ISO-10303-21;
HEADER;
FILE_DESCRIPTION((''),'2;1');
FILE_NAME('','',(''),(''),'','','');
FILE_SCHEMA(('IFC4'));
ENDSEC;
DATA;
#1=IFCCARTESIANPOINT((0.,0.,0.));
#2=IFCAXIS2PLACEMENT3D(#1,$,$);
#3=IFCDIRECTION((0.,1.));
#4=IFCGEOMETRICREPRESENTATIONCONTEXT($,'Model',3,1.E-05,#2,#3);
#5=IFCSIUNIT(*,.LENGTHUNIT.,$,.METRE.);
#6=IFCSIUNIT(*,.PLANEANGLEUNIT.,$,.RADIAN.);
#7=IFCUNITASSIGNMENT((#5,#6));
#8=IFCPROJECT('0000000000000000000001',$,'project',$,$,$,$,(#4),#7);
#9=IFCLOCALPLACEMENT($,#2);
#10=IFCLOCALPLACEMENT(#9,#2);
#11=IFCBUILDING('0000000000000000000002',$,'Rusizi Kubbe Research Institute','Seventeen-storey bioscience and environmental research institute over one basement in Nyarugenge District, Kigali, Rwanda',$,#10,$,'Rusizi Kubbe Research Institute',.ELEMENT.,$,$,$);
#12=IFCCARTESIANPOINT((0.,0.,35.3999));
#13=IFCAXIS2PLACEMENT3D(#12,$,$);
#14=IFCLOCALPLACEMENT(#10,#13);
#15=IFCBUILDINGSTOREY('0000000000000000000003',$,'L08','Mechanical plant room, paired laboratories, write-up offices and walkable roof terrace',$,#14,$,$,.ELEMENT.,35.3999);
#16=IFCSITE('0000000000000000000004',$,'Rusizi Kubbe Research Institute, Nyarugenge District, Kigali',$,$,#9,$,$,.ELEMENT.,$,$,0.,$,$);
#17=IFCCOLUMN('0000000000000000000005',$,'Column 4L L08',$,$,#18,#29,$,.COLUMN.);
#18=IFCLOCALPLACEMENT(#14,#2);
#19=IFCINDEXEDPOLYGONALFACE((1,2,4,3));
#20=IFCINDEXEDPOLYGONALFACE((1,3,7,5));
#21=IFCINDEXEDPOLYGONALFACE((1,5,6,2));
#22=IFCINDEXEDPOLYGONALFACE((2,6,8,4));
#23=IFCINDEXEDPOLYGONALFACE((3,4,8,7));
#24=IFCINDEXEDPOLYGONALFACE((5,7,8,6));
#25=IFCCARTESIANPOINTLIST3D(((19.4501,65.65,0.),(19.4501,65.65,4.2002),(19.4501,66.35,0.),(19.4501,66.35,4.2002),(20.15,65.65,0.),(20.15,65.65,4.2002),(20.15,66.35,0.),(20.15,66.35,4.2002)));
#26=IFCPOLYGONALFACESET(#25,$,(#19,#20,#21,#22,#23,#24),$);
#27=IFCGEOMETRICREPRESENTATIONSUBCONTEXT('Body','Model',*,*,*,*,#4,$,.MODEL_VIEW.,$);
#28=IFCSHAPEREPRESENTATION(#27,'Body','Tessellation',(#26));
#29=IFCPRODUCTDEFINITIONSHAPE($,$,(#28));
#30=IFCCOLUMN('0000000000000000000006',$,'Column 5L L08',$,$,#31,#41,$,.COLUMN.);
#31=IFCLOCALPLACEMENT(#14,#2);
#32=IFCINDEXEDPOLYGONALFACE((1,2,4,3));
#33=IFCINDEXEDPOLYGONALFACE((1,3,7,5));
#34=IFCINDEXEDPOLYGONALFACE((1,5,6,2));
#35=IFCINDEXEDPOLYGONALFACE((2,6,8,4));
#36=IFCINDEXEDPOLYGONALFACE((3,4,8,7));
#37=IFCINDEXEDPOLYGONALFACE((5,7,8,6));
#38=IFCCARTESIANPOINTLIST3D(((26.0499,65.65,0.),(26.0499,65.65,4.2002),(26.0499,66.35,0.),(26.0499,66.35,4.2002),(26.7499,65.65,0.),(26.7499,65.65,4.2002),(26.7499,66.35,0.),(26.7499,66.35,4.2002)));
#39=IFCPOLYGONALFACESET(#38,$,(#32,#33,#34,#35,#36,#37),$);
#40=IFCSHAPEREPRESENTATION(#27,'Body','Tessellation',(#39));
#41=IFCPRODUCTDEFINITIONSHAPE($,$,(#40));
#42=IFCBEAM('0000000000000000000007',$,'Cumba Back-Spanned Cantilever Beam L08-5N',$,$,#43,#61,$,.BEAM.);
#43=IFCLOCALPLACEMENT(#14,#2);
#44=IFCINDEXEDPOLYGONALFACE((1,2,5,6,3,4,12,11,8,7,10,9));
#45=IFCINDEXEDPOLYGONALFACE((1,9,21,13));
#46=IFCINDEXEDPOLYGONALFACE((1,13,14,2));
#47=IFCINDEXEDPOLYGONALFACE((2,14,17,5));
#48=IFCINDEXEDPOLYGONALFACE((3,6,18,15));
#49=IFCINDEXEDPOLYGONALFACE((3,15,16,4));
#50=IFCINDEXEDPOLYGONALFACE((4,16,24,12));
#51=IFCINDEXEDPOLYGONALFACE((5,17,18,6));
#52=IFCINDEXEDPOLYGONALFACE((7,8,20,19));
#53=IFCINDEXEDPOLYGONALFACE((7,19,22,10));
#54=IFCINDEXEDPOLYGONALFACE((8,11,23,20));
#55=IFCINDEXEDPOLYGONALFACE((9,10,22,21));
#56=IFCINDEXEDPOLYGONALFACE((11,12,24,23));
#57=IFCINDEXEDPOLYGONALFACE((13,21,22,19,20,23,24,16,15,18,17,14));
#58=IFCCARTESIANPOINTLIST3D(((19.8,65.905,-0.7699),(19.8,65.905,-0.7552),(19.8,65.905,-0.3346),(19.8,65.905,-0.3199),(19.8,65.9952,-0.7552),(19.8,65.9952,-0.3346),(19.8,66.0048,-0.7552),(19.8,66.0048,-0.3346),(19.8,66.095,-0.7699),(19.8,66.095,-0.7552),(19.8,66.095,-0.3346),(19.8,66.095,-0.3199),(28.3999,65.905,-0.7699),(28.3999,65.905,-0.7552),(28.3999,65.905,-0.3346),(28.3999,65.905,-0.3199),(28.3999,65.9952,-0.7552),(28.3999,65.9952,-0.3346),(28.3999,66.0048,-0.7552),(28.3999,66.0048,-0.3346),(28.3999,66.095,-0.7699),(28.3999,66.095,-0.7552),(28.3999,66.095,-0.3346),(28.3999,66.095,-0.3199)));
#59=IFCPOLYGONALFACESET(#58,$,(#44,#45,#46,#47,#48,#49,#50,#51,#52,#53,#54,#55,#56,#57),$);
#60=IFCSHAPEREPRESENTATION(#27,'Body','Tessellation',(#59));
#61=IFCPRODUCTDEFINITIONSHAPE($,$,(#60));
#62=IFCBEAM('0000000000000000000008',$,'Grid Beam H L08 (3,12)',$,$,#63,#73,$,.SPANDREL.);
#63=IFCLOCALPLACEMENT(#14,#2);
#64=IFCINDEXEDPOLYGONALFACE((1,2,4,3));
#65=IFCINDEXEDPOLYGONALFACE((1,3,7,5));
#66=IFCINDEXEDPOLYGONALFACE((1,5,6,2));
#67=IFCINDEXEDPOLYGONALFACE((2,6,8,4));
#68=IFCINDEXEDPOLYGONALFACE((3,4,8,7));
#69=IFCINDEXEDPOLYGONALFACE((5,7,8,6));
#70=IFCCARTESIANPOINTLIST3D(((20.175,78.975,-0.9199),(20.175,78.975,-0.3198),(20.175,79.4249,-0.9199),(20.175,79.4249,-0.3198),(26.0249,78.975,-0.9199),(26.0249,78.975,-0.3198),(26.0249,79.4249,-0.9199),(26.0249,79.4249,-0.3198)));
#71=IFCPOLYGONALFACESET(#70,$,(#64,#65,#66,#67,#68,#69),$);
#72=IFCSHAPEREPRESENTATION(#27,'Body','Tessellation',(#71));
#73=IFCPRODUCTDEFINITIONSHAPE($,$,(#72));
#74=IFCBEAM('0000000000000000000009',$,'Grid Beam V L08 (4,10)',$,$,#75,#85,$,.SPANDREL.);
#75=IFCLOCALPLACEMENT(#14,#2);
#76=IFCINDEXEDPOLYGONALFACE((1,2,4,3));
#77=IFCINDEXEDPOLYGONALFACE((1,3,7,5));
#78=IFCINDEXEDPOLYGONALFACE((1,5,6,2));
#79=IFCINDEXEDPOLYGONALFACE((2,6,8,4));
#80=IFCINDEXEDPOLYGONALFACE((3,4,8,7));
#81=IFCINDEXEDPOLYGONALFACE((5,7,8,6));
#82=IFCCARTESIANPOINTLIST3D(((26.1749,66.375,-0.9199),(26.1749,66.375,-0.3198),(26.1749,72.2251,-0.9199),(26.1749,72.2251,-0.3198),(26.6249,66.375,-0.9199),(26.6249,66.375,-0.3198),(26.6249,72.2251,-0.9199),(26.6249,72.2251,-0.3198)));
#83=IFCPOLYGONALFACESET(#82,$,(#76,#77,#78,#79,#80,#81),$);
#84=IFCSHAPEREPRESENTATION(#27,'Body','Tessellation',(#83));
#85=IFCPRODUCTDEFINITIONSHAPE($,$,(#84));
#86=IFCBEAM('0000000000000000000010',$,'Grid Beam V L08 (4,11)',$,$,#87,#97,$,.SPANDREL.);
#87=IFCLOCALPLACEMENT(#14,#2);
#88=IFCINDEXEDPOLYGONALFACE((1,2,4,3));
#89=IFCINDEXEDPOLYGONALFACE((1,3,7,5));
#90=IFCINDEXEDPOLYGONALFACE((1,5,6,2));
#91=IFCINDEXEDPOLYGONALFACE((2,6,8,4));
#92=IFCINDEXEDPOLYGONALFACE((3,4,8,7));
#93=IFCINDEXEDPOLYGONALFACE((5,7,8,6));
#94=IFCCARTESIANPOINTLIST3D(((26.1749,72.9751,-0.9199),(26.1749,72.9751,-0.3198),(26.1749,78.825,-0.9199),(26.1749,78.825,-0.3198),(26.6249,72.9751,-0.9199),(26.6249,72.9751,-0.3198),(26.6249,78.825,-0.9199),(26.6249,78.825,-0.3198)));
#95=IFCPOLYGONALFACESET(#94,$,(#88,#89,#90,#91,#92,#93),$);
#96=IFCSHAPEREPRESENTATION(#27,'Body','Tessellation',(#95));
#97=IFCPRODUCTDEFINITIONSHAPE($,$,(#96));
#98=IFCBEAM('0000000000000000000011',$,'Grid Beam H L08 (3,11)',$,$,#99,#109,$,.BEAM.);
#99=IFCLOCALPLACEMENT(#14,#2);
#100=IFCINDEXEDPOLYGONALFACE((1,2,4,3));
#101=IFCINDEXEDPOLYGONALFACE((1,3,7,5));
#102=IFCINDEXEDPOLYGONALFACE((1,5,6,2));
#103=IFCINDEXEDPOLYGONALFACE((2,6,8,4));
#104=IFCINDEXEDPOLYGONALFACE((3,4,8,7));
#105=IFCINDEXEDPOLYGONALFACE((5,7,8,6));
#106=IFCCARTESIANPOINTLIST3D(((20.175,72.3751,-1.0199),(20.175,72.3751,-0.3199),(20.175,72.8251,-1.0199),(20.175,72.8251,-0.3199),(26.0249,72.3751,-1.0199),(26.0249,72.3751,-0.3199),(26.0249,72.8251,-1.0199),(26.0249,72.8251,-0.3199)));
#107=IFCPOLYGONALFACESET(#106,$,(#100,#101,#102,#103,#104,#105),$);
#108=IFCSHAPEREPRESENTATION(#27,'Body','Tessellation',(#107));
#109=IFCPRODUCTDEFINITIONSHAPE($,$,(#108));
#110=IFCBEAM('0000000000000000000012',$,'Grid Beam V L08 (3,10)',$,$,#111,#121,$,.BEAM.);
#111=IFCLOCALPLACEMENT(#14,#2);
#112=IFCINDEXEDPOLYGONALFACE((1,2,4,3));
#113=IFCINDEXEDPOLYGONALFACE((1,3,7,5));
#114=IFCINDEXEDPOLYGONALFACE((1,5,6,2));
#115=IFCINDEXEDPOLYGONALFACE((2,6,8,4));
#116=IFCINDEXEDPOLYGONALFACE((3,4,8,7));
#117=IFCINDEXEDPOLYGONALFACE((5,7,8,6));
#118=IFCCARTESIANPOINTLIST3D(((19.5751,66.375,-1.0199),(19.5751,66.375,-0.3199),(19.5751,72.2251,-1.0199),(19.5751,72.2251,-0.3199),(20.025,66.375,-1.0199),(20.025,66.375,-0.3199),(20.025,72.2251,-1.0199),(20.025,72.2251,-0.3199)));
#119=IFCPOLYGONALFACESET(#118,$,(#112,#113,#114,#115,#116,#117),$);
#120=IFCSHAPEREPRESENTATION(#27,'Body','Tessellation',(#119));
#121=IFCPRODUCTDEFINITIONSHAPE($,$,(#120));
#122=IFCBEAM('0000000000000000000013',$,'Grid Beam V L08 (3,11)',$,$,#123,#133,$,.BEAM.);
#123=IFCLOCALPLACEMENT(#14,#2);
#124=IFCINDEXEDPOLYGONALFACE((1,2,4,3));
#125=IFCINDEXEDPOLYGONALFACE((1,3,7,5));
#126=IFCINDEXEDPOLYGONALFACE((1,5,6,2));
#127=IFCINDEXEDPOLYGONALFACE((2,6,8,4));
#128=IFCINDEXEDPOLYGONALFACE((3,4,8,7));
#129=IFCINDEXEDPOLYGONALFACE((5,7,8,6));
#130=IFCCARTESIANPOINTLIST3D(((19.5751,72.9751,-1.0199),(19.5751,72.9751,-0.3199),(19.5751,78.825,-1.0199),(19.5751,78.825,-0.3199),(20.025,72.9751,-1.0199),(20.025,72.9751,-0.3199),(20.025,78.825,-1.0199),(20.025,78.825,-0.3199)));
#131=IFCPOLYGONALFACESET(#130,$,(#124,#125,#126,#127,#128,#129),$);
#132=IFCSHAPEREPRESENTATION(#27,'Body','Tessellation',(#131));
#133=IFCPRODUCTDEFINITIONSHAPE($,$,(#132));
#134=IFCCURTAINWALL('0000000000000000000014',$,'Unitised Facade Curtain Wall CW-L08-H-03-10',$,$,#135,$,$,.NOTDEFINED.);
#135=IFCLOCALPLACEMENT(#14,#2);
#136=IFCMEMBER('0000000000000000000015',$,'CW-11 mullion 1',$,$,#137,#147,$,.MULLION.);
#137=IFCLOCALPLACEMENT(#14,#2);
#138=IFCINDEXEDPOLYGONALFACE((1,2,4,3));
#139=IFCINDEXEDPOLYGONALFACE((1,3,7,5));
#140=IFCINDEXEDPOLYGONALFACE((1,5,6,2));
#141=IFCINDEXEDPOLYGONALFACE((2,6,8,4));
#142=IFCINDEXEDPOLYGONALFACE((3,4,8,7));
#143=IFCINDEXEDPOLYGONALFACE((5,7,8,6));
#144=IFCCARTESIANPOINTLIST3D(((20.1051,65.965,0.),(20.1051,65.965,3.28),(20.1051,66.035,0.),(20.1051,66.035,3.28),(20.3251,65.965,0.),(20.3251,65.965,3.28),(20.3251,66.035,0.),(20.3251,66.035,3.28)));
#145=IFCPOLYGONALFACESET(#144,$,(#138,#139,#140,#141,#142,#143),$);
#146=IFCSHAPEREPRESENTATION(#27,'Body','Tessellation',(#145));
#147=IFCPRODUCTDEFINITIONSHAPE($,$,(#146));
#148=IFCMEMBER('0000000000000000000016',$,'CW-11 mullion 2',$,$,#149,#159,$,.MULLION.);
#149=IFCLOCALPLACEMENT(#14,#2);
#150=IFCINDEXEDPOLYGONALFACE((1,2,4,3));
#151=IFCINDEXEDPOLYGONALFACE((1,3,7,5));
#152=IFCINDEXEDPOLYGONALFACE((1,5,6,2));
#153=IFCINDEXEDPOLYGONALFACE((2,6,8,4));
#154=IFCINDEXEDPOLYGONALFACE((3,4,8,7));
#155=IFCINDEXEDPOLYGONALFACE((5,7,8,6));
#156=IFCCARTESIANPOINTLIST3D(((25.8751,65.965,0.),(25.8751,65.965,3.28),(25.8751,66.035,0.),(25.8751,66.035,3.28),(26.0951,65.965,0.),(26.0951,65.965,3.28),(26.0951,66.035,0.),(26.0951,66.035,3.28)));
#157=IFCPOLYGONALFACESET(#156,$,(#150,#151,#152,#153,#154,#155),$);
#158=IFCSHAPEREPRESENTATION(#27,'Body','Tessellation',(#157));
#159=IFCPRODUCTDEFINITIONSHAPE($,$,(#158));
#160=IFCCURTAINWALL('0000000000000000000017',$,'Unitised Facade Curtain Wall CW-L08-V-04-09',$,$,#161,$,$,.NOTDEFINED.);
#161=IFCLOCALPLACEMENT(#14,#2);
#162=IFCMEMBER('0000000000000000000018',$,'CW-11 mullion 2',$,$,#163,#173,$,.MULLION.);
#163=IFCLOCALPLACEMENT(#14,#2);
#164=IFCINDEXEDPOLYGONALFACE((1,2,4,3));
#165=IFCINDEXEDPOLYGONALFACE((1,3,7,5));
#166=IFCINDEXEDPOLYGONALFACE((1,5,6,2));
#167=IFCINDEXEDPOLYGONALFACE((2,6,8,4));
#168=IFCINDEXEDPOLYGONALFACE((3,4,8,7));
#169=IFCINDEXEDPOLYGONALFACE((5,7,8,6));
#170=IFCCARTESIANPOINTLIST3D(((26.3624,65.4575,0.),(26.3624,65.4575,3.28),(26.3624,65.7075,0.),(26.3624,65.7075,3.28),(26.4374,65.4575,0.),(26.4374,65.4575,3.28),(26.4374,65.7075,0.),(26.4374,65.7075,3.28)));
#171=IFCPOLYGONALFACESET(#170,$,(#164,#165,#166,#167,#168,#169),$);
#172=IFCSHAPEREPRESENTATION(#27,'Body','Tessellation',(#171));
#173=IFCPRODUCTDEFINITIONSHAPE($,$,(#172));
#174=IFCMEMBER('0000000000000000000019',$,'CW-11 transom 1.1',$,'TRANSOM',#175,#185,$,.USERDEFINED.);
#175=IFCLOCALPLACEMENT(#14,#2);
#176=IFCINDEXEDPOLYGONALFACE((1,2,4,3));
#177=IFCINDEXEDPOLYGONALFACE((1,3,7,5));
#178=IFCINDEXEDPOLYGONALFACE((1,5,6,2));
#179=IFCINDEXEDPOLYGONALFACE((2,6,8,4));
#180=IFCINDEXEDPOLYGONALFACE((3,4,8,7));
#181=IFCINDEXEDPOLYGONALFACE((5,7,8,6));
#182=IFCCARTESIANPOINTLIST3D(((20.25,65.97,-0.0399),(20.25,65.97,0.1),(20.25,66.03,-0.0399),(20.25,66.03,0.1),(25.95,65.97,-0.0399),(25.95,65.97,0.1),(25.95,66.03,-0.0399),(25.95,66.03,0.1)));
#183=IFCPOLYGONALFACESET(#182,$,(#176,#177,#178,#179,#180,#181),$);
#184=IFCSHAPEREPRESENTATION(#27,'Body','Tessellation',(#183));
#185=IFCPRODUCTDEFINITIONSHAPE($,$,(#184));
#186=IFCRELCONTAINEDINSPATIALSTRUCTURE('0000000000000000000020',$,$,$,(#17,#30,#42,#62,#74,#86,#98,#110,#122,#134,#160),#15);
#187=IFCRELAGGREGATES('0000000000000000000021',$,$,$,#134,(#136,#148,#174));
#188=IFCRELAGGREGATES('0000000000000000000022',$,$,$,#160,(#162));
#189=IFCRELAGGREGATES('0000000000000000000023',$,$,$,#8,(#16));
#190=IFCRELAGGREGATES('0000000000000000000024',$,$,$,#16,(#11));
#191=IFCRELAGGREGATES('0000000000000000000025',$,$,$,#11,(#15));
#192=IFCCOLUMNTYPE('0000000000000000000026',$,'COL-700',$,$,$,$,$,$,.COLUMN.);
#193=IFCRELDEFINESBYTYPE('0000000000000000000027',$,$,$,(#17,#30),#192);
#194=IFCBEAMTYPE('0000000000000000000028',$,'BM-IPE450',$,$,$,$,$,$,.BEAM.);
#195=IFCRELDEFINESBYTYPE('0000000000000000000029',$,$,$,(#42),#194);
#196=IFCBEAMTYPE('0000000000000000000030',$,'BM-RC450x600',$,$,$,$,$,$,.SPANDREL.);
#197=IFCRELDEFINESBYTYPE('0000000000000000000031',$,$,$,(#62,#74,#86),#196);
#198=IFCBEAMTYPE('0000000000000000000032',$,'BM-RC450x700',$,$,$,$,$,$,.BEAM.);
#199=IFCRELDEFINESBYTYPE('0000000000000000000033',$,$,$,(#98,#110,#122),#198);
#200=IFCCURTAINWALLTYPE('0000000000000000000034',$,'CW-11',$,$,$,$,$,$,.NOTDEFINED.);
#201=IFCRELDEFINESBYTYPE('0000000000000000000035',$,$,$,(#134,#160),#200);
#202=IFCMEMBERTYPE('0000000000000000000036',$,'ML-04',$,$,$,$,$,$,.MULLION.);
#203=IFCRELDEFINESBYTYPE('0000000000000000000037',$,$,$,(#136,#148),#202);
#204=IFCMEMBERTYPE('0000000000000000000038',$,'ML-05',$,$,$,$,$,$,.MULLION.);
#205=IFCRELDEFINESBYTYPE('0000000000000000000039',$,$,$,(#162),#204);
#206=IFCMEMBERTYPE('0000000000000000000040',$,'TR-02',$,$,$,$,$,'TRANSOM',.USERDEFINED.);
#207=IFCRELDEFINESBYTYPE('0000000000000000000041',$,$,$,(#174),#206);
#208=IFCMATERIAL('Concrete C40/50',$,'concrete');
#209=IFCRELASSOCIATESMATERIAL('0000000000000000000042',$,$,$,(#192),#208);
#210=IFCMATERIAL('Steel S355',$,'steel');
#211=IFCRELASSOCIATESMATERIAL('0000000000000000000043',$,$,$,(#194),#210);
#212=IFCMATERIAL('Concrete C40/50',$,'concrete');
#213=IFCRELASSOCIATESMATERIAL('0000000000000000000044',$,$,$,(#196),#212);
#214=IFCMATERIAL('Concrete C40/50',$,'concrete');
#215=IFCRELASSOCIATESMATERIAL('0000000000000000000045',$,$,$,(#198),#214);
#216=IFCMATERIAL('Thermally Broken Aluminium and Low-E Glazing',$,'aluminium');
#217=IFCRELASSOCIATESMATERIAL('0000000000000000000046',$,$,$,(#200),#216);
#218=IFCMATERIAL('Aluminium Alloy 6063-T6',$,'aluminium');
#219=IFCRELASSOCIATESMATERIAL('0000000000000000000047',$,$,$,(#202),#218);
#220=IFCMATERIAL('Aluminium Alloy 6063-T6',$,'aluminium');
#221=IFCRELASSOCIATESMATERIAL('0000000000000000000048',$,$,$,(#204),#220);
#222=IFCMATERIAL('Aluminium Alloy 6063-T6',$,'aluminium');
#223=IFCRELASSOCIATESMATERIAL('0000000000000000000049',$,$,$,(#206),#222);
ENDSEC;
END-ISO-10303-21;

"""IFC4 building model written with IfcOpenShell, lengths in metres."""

from ifc_helpers import new_model, si_unit, direction, frame, origin, origin_2d, place, context, subcontext, project, spatial, rectangle, i_section, extrude, material, material_profile, profile_set, type_object, element, aggregate, save


model = new_model("IFC4")

# Units and contexts
model_context = context("Model", 3, precision=1e-05, world=origin(), true_north=direction((0.0, 1.0)))
body_context = subcontext(model_context, "Body", "Model", "MODEL_VIEW")
ifc_project = project(units=[si_unit("LENGTHUNIT", "METRE"), si_unit("PLANEANGLEUNIT", "RADIAN")], contexts=[model_context])

# Site, building, storey
site_placement = place(None, origin())
site = spatial("IfcSite", under=ifc_project, at=site_placement, Name="Rusizi Kubbe Research Institute, Nyarugenge District, Kigali", CompositionType="ELEMENT", RefElevation=0.0)
building_placement = place(site_placement, origin())
building = spatial("IfcBuilding", under=site, at=building_placement, Name="Rusizi Kubbe Research Institute", Description="Seventeen-storey bioscience and environmental research institute over one basement in Nyarugenge District, Kigali, Rwanda", LongName="Rusizi Kubbe Research Institute", CompositionType="ELEMENT")
storey_placement = place(building_placement, frame((0.0, 0.0, 35.3999)))
storey = spatial("IfcBuildingStorey", under=building, at=storey_placement, Name="L08", Description="Mechanical plant room, paired laboratories, write-up offices and walkable roof terrace", CompositionType="ELEMENT", Elevation=35.3999)

# Columns
ifc_material_1 = material(Name="Concrete C40/50", Category="concrete")
ifc_material_profile_1 = material_profile(ifc_material_1, rectangle(XDim=0.7, YDim=0.7, at=origin_2d()), Name="RC700x700")
ifc_profile_set_1 = profile_set([ifc_material_profile_1], Name="Concrete C40/50")
column_type = type_object("IfcColumnType", Name="COL-700", PredefinedType="COLUMN", material=ifc_profile_set_1)
for number, where, z_axis, x_axis, name in (
    (1, (19.8, 66.0, 0.0), (0.0, 0.0, 1.0), (1.0, 0.0, 0.0), "Column 4L L08"),
    (2, (26.3999, 66.0, 0.0), (0.0, 0.0, 1.0), (1.0, 0.0, 0.0), "Column 5L L08"),
):
    element("IfcColumn", number, at=place(storey_placement, frame(where, z_axis=z_axis, x_axis=x_axis)), inside=storey, type_object=column_type, Name=name, PredefinedType="COLUMN", context=body_context, shape_type="SweptSolid", body=[
        extrude(rectangle(XDim=0.7, YDim=0.7, at=origin_2d()), origin(), (0.0, 0.0, 1.0), 4.2002),
    ])

# Beams
ifc_material_2 = material(Name="Steel S355", Category="steel")
ifc_material_profile_2 = material_profile(ifc_material_2, i_section(OverallWidth=0.1899, OverallDepth=0.45, WebThickness=0.0095, FlangeThickness=0.0146, at=origin_2d()), Name="IPE 450")
ifc_profile_set_2 = profile_set([ifc_material_profile_2], Name="Steel S355")
beam_type_1 = type_object("IfcBeamType", Name="BM-IPE450", PredefinedType="BEAM", material=ifc_profile_set_2)
beam_1_placement = place(storey_placement, frame((19.8, 66.0, -0.5449), z_axis=(1.0, 0.0, 0.0), x_axis=(0.0, 1.0, 0.0)))
element("IfcBeam", 3, at=beam_1_placement, inside=storey, type_object=beam_type_1, Name="Cumba Back-Spanned Cantilever Beam L08-5N", PredefinedType="BEAM", context=body_context, shape_type="SweptSolid", body=[
    extrude(i_section(OverallWidth=0.1899, OverallDepth=0.45, WebThickness=0.0095, FlangeThickness=0.0146, at=origin_2d()), origin(), (0.0, 0.0, 1.0), 8.5999),
])
ifc_material_3 = material(Name="Concrete C40/50", Category="concrete")
ifc_material_profile_3 = material_profile(ifc_material_3, rectangle(XDim=0.45, YDim=0.6001, at=origin_2d()), Name="RC450x600")
ifc_profile_set_3 = profile_set([ifc_material_profile_3], Name="Concrete C40/50")
beam_type_2 = type_object("IfcBeamType", Name="BM-RC450x600", PredefinedType="SPANDREL", material=ifc_profile_set_3)
beam_2_placement = place(storey_placement, frame((20.175, 79.2, -0.6199), z_axis=(1.0, 0.0, 0.0), x_axis=(0.0, 1.0, 0.0)))
element("IfcBeam", 4, at=beam_2_placement, inside=storey, type_object=beam_type_2, Name="Grid Beam H L08 (3,12)", PredefinedType="SPANDREL", context=body_context, shape_type="SweptSolid", body=[
    extrude(rectangle(XDim=0.45, YDim=0.6001, at=origin_2d()), origin(), (0.0, 0.0, 1.0), 5.8499),
])
beam_3_placement = place(storey_placement, frame((26.3999, 66.375, -0.6199), z_axis=(0.0, 1.0, 0.0), x_axis=(-1.0, 0.0, 0.0)))
element("IfcBeam", 5, at=beam_3_placement, inside=storey, type_object=beam_type_2, Name="Grid Beam V L08 (4,10)", PredefinedType="SPANDREL", context=body_context, shape_type="SweptSolid", body=[
    extrude(rectangle(XDim=0.45, YDim=0.6001, at=origin_2d()), origin(), (0.0, 0.0, 1.0), 5.8501),
])
beam_4_placement = place(storey_placement, frame((26.3999, 72.9751, -0.6199), z_axis=(0.0, 1.0, 0.0), x_axis=(-1.0, 0.0, 0.0)))
element("IfcBeam", 6, at=beam_4_placement, inside=storey, type_object=beam_type_2, Name="Grid Beam V L08 (4,11)", PredefinedType="SPANDREL", context=body_context, shape_type="SweptSolid", body=[
    extrude(rectangle(XDim=0.45, YDim=0.6001, at=origin_2d()), origin(), (0.0, 0.0, 1.0), 5.8499),
])
ifc_material_4 = material(Name="Concrete C40/50", Category="concrete")
ifc_material_profile_4 = material_profile(ifc_material_4, rectangle(XDim=0.45, YDim=0.7, at=origin_2d()), Name="RC450x700B")
ifc_profile_set_4 = profile_set([ifc_material_profile_4], Name="Concrete C40/50")
beam_type_3 = type_object("IfcBeamType", Name="BM-RC450x700", PredefinedType="BEAM", material=ifc_profile_set_4)
beam_5_placement = place(storey_placement, frame((20.175, 72.6001, -0.6699), z_axis=(1.0, 0.0, 0.0), x_axis=(0.0, 1.0, 0.0)))
element("IfcBeam", 7, at=beam_5_placement, inside=storey, type_object=beam_type_3, Name="Grid Beam H L08 (3,11)", PredefinedType="BEAM", context=body_context, shape_type="SweptSolid", body=[
    extrude(rectangle(XDim=0.45, YDim=0.7, at=origin_2d()), origin(), (0.0, 0.0, 1.0), 5.8499),
])
beam_6_placement = place(storey_placement, frame((19.8, 66.375, -0.6699), z_axis=(0.0, 1.0, 0.0), x_axis=(-1.0, 0.0, 0.0)))
element("IfcBeam", 8, at=beam_6_placement, inside=storey, type_object=beam_type_3, Name="Grid Beam V L08 (3,10)", PredefinedType="BEAM", context=body_context, shape_type="SweptSolid", body=[
    extrude(rectangle(XDim=0.45, YDim=0.7, at=origin_2d()), origin(), (0.0, 0.0, 1.0), 5.8501),
])
beam_7_placement = place(storey_placement, frame((19.8, 72.9751, -0.6699), z_axis=(0.0, 1.0, 0.0), x_axis=(-1.0, 0.0, 0.0)))
element("IfcBeam", 9, at=beam_7_placement, inside=storey, type_object=beam_type_3, Name="Grid Beam V L08 (3,11)", PredefinedType="BEAM", context=body_context, shape_type="SweptSolid", body=[
    extrude(rectangle(XDim=0.45, YDim=0.7, at=origin_2d()), origin(), (0.0, 0.0, 1.0), 5.8499),
])

# Curtain wall, members
ifc_material_5 = material(Name="Thermally Broken Aluminium and Low-E Glazing", Category="aluminium")
curtain_wall_type = type_object("IfcCurtainWallType", Name="CW-11", PredefinedType="NOTDEFINED", material=ifc_material_5)
curtain_wall_1_placement = place(storey_placement, origin())
curtain_wall_1 = element("IfcCurtainWall", 10, at=curtain_wall_1_placement, inside=storey, type_object=curtain_wall_type, Name="Unitised Facade Curtain Wall CW-L08-H-03-10", PredefinedType="NOTDEFINED")
ifc_material_6 = material(Name="Aluminium Alloy 6063-T6", Category="aluminium")
ifc_material_profile_5 = material_profile(ifc_material_6, rectangle(XDim=0.0701, YDim=0.22, at=origin_2d()), Name="ALU-M 70x220")
ifc_profile_set_5 = profile_set([ifc_material_profile_5], Name="Aluminium Alloy 6063-T6")
member_type_1 = type_object("IfcMemberType", Name="ML-04", PredefinedType="MULLION", material=ifc_profile_set_5)
member_1_placement = place(storey_placement, frame((20.2151, 66.0, 0.0), z_axis=(0.0, 0.0, 1.0), x_axis=(0.0, 1.0, 0.0)))
member_1 = element("IfcMember", 11, at=member_1_placement, type_object=member_type_1, Name="CW-11 mullion 1", PredefinedType="MULLION", context=body_context, shape_type="SweptSolid", body=[
    extrude(rectangle(XDim=0.0701, YDim=0.22, at=origin_2d()), origin(), (0.0, 0.0, 1.0), 3.28),
])
member_2_placement = place(storey_placement, frame((25.9851, 66.0, 0.0), z_axis=(0.0, 0.0, 1.0), x_axis=(0.0, 1.0, 0.0)))
member_2 = element("IfcMember", 12, at=member_2_placement, type_object=member_type_1, Name="CW-11 mullion 2", PredefinedType="MULLION", context=body_context, shape_type="SweptSolid", body=[
    extrude(rectangle(XDim=0.0701, YDim=0.22, at=origin_2d()), origin(), (0.0, 0.0, 1.0), 3.28),
])

# Curtain wall, member
curtain_wall_2_placement = place(storey_placement, origin())
curtain_wall_2 = element("IfcCurtainWall", 13, at=curtain_wall_2_placement, inside=storey, type_object=curtain_wall_type, Name="Unitised Facade Curtain Wall CW-L08-V-04-09", PredefinedType="NOTDEFINED")
ifc_material_7 = material(Name="Aluminium Alloy 6063-T6", Category="aluminium")
ifc_material_profile_6 = material_profile(ifc_material_7, rectangle(XDim=0.075, YDim=0.25, at=origin_2d()), Name="ALU-M 75x250")
ifc_profile_set_6 = profile_set([ifc_material_profile_6], Name="Aluminium Alloy 6063-T6")
member_type_2 = type_object("IfcMemberType", Name="ML-05", PredefinedType="MULLION", material=ifc_profile_set_6)
member_3_placement = place(storey_placement, frame((26.3999, 65.5825, 0.0), z_axis=(0.0, 0.0, 1.0), x_axis=(-1.0, 0.0, 0.0)))
member_3 = element("IfcMember", 14, at=member_3_placement, type_object=member_type_2, Name="CW-11 mullion 2", PredefinedType="MULLION", context=body_context, shape_type="SweptSolid", body=[
    extrude(rectangle(XDim=0.075, YDim=0.25, at=origin_2d()), origin(), (0.0, 0.0, 1.0), 3.28),
])

# Member
ifc_material_8 = material(Name="Aluminium Alloy 6063-T6", Category="aluminium")
ifc_material_profile_7 = material_profile(ifc_material_8, rectangle(XDim=0.0601, YDim=0.1399, at=origin_2d()), Name="ALU-T 60x140")
ifc_profile_set_7 = profile_set([ifc_material_profile_7], Name="Aluminium Alloy 6063-T6")
member_type_3 = type_object("IfcMemberType", Name="TR-02", ElementType="TRANSOM", PredefinedType="USERDEFINED", material=ifc_profile_set_7)
member_4_placement = place(storey_placement, frame((20.25, 66.0, 0.03), z_axis=(1.0, 0.0, 0.0), x_axis=(0.0, 1.0, 0.0)))
member_4 = element("IfcMember", 15, at=member_4_placement, type_object=member_type_3, Name="CW-11 transom 1.1", ObjectType="TRANSOM", PredefinedType="USERDEFINED", context=body_context, shape_type="SweptSolid", body=[
    extrude(rectangle(XDim=0.0601, YDim=0.1399, at=origin_2d()), origin(), (0.0, 0.0, 1.0), 5.7),
])

aggregate(curtain_wall_1, [member_1, member_2, member_4])
aggregate(curtain_wall_2, [member_3])

save(model, "model.ifc")
